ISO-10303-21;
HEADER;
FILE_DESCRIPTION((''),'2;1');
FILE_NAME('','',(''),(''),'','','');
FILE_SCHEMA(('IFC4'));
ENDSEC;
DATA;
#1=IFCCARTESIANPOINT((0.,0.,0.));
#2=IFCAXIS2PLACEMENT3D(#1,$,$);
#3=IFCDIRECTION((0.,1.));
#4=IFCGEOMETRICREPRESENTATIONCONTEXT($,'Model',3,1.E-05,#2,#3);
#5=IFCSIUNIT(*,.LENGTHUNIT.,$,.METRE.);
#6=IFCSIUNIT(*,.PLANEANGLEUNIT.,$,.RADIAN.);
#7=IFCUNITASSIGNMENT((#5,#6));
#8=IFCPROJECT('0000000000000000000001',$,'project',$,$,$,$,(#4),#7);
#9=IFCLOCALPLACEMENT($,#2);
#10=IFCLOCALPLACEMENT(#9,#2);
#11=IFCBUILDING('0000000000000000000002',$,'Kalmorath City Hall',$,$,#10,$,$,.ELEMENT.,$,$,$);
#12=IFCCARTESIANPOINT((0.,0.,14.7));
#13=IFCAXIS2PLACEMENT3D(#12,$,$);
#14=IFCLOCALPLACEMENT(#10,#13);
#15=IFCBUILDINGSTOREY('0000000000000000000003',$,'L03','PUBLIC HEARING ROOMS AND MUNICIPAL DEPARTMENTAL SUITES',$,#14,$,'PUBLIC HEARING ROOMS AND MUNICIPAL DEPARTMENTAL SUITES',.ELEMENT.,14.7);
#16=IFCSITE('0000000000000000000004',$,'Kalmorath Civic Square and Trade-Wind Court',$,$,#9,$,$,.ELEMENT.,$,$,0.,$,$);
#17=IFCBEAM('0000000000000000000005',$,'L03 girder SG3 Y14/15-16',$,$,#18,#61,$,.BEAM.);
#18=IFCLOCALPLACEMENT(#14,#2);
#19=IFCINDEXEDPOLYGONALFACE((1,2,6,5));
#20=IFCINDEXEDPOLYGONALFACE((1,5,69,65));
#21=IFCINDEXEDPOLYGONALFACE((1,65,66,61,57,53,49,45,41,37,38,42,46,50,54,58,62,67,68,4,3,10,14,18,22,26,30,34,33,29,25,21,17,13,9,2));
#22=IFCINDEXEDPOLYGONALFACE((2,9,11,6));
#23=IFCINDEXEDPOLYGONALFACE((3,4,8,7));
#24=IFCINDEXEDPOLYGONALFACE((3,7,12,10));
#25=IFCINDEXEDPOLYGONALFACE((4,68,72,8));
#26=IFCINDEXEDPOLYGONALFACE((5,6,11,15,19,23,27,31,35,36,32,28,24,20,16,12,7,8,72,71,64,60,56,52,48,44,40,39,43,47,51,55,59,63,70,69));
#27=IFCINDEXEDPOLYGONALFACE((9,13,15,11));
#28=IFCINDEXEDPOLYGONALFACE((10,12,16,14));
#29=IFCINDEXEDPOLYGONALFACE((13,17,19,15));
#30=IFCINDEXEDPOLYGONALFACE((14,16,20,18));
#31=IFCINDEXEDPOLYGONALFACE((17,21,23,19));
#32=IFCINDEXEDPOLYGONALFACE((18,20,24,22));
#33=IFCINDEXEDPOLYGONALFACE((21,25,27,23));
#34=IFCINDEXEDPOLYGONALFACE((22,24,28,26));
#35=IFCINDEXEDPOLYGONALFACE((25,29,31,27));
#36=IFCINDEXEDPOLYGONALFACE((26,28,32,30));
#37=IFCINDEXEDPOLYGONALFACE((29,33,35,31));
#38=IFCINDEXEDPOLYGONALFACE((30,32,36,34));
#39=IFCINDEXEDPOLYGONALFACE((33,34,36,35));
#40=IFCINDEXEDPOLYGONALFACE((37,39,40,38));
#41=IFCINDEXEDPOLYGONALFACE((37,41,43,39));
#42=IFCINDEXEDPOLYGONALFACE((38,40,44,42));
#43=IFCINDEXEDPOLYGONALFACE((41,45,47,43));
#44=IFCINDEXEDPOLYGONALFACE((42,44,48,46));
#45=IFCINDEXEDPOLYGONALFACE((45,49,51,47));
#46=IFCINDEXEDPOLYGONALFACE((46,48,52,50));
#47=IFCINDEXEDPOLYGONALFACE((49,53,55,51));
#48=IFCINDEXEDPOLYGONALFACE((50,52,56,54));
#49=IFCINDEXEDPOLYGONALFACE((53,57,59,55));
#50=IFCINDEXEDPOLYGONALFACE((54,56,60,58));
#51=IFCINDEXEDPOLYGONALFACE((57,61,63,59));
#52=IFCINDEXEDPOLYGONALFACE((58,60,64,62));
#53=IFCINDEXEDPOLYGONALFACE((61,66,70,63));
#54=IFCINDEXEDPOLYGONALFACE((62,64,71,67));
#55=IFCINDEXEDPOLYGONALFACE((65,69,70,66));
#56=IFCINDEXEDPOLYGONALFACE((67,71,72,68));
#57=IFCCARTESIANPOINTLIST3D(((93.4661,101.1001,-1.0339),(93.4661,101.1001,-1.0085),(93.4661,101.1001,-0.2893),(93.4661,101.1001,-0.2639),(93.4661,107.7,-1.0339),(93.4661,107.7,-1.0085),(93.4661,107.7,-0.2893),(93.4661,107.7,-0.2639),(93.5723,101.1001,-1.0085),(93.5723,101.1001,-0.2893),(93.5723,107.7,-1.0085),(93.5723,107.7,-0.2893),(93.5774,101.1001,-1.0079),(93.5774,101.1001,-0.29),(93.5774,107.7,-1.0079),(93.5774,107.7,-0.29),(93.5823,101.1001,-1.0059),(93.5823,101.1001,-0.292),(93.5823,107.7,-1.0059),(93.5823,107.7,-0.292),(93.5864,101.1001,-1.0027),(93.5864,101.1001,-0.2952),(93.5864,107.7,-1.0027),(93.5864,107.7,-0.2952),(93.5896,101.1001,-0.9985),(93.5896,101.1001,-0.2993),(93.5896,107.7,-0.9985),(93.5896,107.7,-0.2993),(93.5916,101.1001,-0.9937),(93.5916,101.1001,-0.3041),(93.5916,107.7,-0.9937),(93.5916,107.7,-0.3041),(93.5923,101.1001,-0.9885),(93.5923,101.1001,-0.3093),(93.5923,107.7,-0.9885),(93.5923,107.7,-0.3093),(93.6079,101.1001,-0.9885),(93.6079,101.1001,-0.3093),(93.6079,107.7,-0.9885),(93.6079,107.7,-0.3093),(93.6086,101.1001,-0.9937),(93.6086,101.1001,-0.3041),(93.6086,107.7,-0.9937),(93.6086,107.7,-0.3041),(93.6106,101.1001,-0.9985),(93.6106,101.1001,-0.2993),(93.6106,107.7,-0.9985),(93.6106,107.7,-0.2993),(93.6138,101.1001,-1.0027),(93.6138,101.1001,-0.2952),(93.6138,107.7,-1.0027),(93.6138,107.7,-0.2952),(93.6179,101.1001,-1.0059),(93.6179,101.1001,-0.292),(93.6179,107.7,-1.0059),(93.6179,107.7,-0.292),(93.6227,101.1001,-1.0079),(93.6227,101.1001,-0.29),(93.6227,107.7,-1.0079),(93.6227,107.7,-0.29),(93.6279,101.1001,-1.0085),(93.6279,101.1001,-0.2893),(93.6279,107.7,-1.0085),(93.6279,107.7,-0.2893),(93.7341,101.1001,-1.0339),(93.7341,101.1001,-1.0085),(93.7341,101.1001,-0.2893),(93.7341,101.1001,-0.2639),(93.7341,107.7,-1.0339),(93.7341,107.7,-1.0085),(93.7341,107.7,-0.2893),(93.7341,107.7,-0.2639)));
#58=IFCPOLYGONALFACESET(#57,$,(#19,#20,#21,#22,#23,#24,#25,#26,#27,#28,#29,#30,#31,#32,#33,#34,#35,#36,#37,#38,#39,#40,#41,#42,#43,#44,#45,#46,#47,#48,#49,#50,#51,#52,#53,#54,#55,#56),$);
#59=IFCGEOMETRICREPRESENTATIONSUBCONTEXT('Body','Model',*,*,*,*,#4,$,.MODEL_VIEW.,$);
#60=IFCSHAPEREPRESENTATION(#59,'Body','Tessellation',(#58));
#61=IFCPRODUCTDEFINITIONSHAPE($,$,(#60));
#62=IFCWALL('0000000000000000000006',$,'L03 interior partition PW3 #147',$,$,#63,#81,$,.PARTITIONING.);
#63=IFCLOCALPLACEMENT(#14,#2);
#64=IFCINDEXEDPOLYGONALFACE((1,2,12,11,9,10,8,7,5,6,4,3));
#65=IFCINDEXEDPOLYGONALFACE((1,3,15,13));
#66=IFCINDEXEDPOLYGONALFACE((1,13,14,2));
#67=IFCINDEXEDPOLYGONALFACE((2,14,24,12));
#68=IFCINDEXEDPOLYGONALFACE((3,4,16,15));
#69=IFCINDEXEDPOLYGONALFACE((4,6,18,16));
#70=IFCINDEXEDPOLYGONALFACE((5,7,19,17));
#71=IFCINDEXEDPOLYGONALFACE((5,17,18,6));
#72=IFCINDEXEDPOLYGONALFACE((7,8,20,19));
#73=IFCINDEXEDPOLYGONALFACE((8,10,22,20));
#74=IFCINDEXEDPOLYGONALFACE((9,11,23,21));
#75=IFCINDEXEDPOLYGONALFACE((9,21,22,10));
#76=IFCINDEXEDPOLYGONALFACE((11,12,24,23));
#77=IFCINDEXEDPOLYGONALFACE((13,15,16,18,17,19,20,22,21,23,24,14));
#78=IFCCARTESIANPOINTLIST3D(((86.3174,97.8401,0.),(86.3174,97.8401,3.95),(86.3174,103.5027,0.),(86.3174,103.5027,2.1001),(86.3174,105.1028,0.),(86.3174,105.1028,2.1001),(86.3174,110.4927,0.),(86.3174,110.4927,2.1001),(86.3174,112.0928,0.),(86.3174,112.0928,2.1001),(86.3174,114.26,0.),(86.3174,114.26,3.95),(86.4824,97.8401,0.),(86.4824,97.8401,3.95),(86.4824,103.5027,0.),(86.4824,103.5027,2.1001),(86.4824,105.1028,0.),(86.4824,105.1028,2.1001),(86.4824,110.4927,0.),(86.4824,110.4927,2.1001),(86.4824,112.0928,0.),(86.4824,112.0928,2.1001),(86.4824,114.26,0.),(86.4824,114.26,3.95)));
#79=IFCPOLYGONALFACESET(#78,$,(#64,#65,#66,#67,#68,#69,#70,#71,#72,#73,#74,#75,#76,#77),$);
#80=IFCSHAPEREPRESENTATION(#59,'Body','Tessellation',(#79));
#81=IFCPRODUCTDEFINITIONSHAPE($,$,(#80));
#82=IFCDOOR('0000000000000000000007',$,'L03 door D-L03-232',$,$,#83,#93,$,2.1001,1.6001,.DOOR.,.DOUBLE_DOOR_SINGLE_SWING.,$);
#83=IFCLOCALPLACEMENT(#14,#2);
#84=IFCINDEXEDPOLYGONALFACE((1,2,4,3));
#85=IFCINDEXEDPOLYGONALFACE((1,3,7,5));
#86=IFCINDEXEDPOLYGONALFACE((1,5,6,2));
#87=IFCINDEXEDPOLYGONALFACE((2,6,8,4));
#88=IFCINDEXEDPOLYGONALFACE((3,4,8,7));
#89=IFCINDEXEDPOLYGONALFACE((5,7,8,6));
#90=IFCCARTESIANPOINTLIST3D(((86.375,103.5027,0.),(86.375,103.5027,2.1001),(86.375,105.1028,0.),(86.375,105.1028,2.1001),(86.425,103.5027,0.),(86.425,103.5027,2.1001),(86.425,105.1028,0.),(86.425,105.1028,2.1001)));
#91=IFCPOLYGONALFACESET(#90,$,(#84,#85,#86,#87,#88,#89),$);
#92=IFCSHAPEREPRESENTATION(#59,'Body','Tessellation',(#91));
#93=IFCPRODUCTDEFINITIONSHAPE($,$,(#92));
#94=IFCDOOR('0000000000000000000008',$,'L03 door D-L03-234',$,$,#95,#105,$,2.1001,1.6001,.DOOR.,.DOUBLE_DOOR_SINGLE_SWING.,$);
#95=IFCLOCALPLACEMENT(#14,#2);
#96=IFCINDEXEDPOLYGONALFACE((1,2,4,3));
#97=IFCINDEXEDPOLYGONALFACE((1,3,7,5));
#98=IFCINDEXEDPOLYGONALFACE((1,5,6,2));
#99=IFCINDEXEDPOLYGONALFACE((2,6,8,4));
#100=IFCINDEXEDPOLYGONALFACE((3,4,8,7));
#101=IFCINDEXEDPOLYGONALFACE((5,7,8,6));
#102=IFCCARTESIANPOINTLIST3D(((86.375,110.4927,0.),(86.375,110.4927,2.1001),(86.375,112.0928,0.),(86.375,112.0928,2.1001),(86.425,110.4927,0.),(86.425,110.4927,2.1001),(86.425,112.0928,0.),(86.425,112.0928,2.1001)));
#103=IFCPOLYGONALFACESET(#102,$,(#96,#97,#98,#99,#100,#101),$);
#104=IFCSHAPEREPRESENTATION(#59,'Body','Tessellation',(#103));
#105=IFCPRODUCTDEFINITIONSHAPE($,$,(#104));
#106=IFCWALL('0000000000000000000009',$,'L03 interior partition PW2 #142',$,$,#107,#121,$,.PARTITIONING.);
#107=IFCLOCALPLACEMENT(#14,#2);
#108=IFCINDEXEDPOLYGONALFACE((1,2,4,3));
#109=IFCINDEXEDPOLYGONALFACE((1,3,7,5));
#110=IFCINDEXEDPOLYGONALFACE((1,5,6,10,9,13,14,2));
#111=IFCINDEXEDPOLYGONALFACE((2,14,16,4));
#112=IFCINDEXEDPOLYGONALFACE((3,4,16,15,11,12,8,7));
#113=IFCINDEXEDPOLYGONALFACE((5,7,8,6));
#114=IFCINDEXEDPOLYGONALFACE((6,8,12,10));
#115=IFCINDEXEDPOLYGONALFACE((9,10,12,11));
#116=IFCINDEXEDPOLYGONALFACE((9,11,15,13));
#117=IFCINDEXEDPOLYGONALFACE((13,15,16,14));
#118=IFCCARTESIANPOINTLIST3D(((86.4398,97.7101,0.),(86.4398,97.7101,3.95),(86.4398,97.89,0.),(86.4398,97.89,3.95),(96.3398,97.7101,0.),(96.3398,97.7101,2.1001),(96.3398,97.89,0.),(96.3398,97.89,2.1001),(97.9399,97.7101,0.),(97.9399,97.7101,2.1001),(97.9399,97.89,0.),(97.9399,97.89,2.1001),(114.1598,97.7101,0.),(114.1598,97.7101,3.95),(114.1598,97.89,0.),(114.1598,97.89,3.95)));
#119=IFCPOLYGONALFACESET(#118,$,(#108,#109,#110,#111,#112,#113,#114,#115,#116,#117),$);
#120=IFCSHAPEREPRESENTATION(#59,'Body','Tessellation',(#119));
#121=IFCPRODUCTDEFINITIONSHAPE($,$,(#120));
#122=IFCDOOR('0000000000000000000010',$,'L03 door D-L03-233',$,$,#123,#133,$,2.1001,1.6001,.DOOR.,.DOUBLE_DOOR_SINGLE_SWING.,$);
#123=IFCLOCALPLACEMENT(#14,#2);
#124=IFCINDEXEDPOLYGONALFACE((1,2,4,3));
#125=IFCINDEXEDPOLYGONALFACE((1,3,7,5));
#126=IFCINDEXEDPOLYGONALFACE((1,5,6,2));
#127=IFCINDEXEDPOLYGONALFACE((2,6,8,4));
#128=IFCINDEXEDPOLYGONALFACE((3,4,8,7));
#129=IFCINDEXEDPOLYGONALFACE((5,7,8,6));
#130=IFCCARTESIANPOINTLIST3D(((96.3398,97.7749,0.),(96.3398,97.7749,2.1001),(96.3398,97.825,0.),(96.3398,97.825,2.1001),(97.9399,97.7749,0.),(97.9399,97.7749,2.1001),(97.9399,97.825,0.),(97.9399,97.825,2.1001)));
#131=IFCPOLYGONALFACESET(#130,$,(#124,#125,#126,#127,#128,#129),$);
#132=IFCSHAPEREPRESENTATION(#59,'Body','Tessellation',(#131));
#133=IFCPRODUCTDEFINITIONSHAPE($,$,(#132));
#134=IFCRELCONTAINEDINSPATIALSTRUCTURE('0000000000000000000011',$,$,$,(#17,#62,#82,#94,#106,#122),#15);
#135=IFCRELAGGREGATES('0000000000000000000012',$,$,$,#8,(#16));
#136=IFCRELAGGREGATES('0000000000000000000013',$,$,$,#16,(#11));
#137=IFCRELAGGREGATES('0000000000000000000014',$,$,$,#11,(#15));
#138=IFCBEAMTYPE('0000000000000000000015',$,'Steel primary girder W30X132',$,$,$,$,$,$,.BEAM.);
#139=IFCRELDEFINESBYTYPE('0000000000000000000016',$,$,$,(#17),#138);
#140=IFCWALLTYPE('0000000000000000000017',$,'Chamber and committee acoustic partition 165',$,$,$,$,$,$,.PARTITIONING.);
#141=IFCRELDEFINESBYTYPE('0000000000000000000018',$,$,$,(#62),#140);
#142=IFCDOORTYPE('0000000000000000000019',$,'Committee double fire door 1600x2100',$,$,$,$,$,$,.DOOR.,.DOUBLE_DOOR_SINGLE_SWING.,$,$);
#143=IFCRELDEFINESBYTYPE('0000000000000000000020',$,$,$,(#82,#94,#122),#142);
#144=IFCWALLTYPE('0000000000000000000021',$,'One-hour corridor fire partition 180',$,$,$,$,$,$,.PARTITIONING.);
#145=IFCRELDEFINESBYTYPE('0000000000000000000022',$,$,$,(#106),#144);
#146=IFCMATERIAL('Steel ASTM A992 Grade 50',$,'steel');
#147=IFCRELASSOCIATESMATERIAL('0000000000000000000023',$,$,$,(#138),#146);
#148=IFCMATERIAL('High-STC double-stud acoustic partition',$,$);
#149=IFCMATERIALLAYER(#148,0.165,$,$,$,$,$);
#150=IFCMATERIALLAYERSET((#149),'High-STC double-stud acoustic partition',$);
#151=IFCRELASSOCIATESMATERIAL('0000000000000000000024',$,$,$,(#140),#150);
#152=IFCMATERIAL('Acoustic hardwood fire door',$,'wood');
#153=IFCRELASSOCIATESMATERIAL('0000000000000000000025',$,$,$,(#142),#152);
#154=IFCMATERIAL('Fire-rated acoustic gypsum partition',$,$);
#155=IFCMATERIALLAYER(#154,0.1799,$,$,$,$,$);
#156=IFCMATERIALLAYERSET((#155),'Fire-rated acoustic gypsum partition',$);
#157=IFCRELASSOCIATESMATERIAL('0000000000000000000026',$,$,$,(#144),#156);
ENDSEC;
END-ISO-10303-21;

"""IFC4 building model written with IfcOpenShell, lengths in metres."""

from ifc_helpers import new_model, si_unit, direction, frame, frame_2d, origin, origin_2d, place, context, subcontext, project, spatial, rectangle, i_section, extrude, material, layer, layer_set, material_profile, profile_set, type_object, element, fill, save


model = new_model("IFC4")

# Units and contexts
model_context = context("Model", 3, precision=1e-05, world=origin(), true_north=direction((0.0, 1.0)))
body_context = subcontext(model_context, "Body", "Model", "MODEL_VIEW")
ifc_project = project(units=[si_unit("LENGTHUNIT", "METRE"), si_unit("PLANEANGLEUNIT", "RADIAN")], contexts=[model_context])

# Site, building, storey
site_placement = place(None, origin())
site = spatial("IfcSite", under=ifc_project, at=site_placement, Name="Kalmorath Civic Square and Trade-Wind Court", CompositionType="ELEMENT", RefElevation=0.0)
building_placement = place(site_placement, origin())
building = spatial("IfcBuilding", under=site, at=building_placement, Name="Kalmorath City Hall", CompositionType="ELEMENT")
storey_placement = place(building_placement, frame((0.0, 0.0, 14.7)))
storey = spatial("IfcBuildingStorey", under=building, at=storey_placement, Name="L03", Description="PUBLIC HEARING ROOMS AND MUNICIPAL DEPARTMENTAL SUITES", LongName="PUBLIC HEARING ROOMS AND MUNICIPAL DEPARTMENTAL SUITES", CompositionType="ELEMENT", Elevation=14.7)

# Beam
ifc_material_1 = material(Name="Steel ASTM A992 Grade 50", Category="steel")
ifc_material_profile_1 = material_profile(ifc_material_1, i_section(OverallWidth=0.2681, OverallDepth=0.77, WebThickness=0.0156, FlangeThickness=0.0254, FilletRadius=0.02, at=origin_2d()), Name="W30X132")
ifc_profile_set_1 = profile_set([ifc_material_profile_1], Name="Steel ASTM A992 Grade 50")
beam_type_1 = type_object("IfcBeamType", Name="Steel primary girder W30X132", PredefinedType="BEAM", material=ifc_profile_set_1)
beam_1_placement = place(storey_placement, frame((93.6001, 101.1001, -0.6489), z_axis=(0.0, 1.0, 0.0), x_axis=(-1.0, 0.0, 0.0)))
element("IfcBeam", 1, at=beam_1_placement, inside=storey, type_object=beam_type_1, Name="L03 girder SG3 Y14/15-16", PredefinedType="BEAM", context=body_context, shape_type="SweptSolid", body=[
    extrude(i_section(OverallWidth=0.2681, OverallDepth=0.77, WebThickness=0.0156, FlangeThickness=0.0254, FilletRadius=0.02, at=origin_2d()), origin(), (0.0, 0.0, 1.0), 6.5999),
])

# Wall, openings, doors
ifc_material_2 = material(Name="High-STC double-stud acoustic partition")
ifc_layer_1 = layer(ifc_material_2, 0.165)
ifc_layer_set_1 = layer_set([ifc_layer_1], Name="High-STC double-stud acoustic partition")
wall_type_1 = type_object("IfcWallType", Name="Chamber and committee acoustic partition 165", PredefinedType="PARTITIONING", material=ifc_layer_set_1)
wall_1_placement = place(storey_placement, frame((86.3999, 97.8401, 0.0), z_axis=(0.0, 0.0, 1.0), x_axis=(0.0, 1.0, 0.0)))
wall_1 = element("IfcWall", 2, at=wall_1_placement, inside=storey, type_object=wall_type_1, Name="L03 interior partition PW3 #147", PredefinedType="PARTITIONING", context=body_context, shape_type="SweptSolid", body=[
    extrude(rectangle(XDim=16.4199, YDim=0.165, at=frame_2d((8.21, 0.0))), origin(), (0.0, 0.0, 1.0), 3.95),
])
opening_1_placement = place(wall_1_placement, frame((5.6626, 0.0, 0.0)))
opening_1 = element("IfcOpeningElement", 3, at=opening_1_placement, cuts=wall_1, PredefinedType="OPENING", context=body_context, shape_type="SweptSolid", body=[
    extrude(rectangle(XDim=1.6001, YDim=2.1001, at=frame_2d((0.8, 1.05))), frame((0.0, 0.0925, 0.0), z_axis=(0.0, -1.0, 0.0), x_axis=(1.0, 0.0, 0.0)), (0.0, 0.0, 1.0), 0.1851),
])
opening_2_placement = place(wall_1_placement, frame((12.6526, 0.0, 0.0)))
opening_2 = element("IfcOpeningElement", 4, at=opening_2_placement, cuts=wall_1, PredefinedType="OPENING", context=body_context, shape_type="SweptSolid", body=[
    extrude(rectangle(XDim=1.6001, YDim=2.1001, at=frame_2d((0.8, 1.05))), frame((0.0, 0.0925, 0.0), z_axis=(0.0, -1.0, 0.0), x_axis=(1.0, 0.0, 0.0)), (0.0, 0.0, 1.0), 0.1851),
])
ifc_material_3 = material(Name="Acoustic hardwood fire door", Category="wood")
door_type = type_object("IfcDoorType", Name="Committee double fire door 1600x2100", OperationType="DOUBLE_DOOR_SINGLE_SWING", PredefinedType="DOOR", material=ifc_material_3)
door_1_placement = place(opening_1_placement, origin())
door_1 = element("IfcDoor", 5, at=door_1_placement, inside=storey, type_object=door_type, Name="L03 door D-L03-232", OperationType="DOUBLE_DOOR_SINGLE_SWING", OverallHeight=2.1001, OverallWidth=1.6001, PredefinedType="DOOR", context=body_context, shape_type="SweptSolid", body=[
    extrude(rectangle(XDim=1.6001, YDim=2.1001, at=frame_2d((0.8, 1.05))), frame((0.0, 0.0249, 0.0), z_axis=(0.0, -1.0, 0.0), x_axis=(1.0, 0.0, 0.0)), (0.0, 0.0, 1.0), 0.05),
])
fill(opening_1, door_1)
door_2_placement = place(opening_2_placement, origin())
door_2 = element("IfcDoor", 6, at=door_2_placement, inside=storey, type_object=door_type, Name="L03 door D-L03-234", OperationType="DOUBLE_DOOR_SINGLE_SWING", OverallHeight=2.1001, OverallWidth=1.6001, PredefinedType="DOOR", context=body_context, shape_type="SweptSolid", body=[
    extrude(rectangle(XDim=1.6001, YDim=2.1001, at=frame_2d((0.8, 1.05))), frame((0.0, 0.0249, 0.0), z_axis=(0.0, -1.0, 0.0), x_axis=(1.0, 0.0, 0.0)), (0.0, 0.0, 1.0), 0.05),
])
fill(opening_2, door_2)

# Wall, opening, door
ifc_material_4 = material(Name="Fire-rated acoustic gypsum partition")
ifc_layer_2 = layer(ifc_material_4, 0.1799)
ifc_layer_set_2 = layer_set([ifc_layer_2], Name="Fire-rated acoustic gypsum partition")
wall_type_2 = type_object("IfcWallType", Name="One-hour corridor fire partition 180", PredefinedType="PARTITIONING", material=ifc_layer_set_2)
wall_2_placement = place(storey_placement, frame((86.4399, 97.8, 0.0), z_axis=(0.0, 0.0, 1.0), x_axis=(1.0, 0.0, 0.0)))
wall_2 = element("IfcWall", 7, at=wall_2_placement, inside=storey, type_object=wall_type_2, Name="L03 interior partition PW2 #142", PredefinedType="PARTITIONING", context=body_context, shape_type="SweptSolid", body=[
    extrude(rectangle(XDim=27.72, YDim=0.1799, at=frame_2d((13.8599, 0.0))), origin(), (0.0, 0.0, 1.0), 3.95),
])
opening_3_placement = place(wall_2_placement, frame((9.8999, 0.0, 0.0)))
opening_3 = element("IfcOpeningElement", 8, at=opening_3_placement, cuts=wall_2, PredefinedType="OPENING", context=body_context, shape_type="SweptSolid", body=[
    extrude(rectangle(XDim=1.6001, YDim=2.1001, at=frame_2d((0.8, 1.05))), frame((0.0, 0.0999, 0.0), z_axis=(0.0, -1.0, 0.0), x_axis=(1.0, 0.0, 0.0)), (0.0, 0.0, 1.0), 0.2),
])
door_3_placement = place(opening_3_placement, origin())
door_3 = element("IfcDoor", 9, at=door_3_placement, inside=storey, type_object=door_type, Name="L03 door D-L03-233", OperationType="DOUBLE_DOOR_SINGLE_SWING", OverallHeight=2.1001, OverallWidth=1.6001, PredefinedType="DOOR", context=body_context, shape_type="SweptSolid", body=[
    extrude(rectangle(XDim=1.6001, YDim=2.1001, at=frame_2d((0.8, 1.05))), frame((0.0, 0.0249, 0.0), z_axis=(0.0, -1.0, 0.0), x_axis=(1.0, 0.0, 0.0)), (0.0, 0.0, 1.0), 0.05),
])
fill(opening_3, door_3)

save(model, "model.ifc")
